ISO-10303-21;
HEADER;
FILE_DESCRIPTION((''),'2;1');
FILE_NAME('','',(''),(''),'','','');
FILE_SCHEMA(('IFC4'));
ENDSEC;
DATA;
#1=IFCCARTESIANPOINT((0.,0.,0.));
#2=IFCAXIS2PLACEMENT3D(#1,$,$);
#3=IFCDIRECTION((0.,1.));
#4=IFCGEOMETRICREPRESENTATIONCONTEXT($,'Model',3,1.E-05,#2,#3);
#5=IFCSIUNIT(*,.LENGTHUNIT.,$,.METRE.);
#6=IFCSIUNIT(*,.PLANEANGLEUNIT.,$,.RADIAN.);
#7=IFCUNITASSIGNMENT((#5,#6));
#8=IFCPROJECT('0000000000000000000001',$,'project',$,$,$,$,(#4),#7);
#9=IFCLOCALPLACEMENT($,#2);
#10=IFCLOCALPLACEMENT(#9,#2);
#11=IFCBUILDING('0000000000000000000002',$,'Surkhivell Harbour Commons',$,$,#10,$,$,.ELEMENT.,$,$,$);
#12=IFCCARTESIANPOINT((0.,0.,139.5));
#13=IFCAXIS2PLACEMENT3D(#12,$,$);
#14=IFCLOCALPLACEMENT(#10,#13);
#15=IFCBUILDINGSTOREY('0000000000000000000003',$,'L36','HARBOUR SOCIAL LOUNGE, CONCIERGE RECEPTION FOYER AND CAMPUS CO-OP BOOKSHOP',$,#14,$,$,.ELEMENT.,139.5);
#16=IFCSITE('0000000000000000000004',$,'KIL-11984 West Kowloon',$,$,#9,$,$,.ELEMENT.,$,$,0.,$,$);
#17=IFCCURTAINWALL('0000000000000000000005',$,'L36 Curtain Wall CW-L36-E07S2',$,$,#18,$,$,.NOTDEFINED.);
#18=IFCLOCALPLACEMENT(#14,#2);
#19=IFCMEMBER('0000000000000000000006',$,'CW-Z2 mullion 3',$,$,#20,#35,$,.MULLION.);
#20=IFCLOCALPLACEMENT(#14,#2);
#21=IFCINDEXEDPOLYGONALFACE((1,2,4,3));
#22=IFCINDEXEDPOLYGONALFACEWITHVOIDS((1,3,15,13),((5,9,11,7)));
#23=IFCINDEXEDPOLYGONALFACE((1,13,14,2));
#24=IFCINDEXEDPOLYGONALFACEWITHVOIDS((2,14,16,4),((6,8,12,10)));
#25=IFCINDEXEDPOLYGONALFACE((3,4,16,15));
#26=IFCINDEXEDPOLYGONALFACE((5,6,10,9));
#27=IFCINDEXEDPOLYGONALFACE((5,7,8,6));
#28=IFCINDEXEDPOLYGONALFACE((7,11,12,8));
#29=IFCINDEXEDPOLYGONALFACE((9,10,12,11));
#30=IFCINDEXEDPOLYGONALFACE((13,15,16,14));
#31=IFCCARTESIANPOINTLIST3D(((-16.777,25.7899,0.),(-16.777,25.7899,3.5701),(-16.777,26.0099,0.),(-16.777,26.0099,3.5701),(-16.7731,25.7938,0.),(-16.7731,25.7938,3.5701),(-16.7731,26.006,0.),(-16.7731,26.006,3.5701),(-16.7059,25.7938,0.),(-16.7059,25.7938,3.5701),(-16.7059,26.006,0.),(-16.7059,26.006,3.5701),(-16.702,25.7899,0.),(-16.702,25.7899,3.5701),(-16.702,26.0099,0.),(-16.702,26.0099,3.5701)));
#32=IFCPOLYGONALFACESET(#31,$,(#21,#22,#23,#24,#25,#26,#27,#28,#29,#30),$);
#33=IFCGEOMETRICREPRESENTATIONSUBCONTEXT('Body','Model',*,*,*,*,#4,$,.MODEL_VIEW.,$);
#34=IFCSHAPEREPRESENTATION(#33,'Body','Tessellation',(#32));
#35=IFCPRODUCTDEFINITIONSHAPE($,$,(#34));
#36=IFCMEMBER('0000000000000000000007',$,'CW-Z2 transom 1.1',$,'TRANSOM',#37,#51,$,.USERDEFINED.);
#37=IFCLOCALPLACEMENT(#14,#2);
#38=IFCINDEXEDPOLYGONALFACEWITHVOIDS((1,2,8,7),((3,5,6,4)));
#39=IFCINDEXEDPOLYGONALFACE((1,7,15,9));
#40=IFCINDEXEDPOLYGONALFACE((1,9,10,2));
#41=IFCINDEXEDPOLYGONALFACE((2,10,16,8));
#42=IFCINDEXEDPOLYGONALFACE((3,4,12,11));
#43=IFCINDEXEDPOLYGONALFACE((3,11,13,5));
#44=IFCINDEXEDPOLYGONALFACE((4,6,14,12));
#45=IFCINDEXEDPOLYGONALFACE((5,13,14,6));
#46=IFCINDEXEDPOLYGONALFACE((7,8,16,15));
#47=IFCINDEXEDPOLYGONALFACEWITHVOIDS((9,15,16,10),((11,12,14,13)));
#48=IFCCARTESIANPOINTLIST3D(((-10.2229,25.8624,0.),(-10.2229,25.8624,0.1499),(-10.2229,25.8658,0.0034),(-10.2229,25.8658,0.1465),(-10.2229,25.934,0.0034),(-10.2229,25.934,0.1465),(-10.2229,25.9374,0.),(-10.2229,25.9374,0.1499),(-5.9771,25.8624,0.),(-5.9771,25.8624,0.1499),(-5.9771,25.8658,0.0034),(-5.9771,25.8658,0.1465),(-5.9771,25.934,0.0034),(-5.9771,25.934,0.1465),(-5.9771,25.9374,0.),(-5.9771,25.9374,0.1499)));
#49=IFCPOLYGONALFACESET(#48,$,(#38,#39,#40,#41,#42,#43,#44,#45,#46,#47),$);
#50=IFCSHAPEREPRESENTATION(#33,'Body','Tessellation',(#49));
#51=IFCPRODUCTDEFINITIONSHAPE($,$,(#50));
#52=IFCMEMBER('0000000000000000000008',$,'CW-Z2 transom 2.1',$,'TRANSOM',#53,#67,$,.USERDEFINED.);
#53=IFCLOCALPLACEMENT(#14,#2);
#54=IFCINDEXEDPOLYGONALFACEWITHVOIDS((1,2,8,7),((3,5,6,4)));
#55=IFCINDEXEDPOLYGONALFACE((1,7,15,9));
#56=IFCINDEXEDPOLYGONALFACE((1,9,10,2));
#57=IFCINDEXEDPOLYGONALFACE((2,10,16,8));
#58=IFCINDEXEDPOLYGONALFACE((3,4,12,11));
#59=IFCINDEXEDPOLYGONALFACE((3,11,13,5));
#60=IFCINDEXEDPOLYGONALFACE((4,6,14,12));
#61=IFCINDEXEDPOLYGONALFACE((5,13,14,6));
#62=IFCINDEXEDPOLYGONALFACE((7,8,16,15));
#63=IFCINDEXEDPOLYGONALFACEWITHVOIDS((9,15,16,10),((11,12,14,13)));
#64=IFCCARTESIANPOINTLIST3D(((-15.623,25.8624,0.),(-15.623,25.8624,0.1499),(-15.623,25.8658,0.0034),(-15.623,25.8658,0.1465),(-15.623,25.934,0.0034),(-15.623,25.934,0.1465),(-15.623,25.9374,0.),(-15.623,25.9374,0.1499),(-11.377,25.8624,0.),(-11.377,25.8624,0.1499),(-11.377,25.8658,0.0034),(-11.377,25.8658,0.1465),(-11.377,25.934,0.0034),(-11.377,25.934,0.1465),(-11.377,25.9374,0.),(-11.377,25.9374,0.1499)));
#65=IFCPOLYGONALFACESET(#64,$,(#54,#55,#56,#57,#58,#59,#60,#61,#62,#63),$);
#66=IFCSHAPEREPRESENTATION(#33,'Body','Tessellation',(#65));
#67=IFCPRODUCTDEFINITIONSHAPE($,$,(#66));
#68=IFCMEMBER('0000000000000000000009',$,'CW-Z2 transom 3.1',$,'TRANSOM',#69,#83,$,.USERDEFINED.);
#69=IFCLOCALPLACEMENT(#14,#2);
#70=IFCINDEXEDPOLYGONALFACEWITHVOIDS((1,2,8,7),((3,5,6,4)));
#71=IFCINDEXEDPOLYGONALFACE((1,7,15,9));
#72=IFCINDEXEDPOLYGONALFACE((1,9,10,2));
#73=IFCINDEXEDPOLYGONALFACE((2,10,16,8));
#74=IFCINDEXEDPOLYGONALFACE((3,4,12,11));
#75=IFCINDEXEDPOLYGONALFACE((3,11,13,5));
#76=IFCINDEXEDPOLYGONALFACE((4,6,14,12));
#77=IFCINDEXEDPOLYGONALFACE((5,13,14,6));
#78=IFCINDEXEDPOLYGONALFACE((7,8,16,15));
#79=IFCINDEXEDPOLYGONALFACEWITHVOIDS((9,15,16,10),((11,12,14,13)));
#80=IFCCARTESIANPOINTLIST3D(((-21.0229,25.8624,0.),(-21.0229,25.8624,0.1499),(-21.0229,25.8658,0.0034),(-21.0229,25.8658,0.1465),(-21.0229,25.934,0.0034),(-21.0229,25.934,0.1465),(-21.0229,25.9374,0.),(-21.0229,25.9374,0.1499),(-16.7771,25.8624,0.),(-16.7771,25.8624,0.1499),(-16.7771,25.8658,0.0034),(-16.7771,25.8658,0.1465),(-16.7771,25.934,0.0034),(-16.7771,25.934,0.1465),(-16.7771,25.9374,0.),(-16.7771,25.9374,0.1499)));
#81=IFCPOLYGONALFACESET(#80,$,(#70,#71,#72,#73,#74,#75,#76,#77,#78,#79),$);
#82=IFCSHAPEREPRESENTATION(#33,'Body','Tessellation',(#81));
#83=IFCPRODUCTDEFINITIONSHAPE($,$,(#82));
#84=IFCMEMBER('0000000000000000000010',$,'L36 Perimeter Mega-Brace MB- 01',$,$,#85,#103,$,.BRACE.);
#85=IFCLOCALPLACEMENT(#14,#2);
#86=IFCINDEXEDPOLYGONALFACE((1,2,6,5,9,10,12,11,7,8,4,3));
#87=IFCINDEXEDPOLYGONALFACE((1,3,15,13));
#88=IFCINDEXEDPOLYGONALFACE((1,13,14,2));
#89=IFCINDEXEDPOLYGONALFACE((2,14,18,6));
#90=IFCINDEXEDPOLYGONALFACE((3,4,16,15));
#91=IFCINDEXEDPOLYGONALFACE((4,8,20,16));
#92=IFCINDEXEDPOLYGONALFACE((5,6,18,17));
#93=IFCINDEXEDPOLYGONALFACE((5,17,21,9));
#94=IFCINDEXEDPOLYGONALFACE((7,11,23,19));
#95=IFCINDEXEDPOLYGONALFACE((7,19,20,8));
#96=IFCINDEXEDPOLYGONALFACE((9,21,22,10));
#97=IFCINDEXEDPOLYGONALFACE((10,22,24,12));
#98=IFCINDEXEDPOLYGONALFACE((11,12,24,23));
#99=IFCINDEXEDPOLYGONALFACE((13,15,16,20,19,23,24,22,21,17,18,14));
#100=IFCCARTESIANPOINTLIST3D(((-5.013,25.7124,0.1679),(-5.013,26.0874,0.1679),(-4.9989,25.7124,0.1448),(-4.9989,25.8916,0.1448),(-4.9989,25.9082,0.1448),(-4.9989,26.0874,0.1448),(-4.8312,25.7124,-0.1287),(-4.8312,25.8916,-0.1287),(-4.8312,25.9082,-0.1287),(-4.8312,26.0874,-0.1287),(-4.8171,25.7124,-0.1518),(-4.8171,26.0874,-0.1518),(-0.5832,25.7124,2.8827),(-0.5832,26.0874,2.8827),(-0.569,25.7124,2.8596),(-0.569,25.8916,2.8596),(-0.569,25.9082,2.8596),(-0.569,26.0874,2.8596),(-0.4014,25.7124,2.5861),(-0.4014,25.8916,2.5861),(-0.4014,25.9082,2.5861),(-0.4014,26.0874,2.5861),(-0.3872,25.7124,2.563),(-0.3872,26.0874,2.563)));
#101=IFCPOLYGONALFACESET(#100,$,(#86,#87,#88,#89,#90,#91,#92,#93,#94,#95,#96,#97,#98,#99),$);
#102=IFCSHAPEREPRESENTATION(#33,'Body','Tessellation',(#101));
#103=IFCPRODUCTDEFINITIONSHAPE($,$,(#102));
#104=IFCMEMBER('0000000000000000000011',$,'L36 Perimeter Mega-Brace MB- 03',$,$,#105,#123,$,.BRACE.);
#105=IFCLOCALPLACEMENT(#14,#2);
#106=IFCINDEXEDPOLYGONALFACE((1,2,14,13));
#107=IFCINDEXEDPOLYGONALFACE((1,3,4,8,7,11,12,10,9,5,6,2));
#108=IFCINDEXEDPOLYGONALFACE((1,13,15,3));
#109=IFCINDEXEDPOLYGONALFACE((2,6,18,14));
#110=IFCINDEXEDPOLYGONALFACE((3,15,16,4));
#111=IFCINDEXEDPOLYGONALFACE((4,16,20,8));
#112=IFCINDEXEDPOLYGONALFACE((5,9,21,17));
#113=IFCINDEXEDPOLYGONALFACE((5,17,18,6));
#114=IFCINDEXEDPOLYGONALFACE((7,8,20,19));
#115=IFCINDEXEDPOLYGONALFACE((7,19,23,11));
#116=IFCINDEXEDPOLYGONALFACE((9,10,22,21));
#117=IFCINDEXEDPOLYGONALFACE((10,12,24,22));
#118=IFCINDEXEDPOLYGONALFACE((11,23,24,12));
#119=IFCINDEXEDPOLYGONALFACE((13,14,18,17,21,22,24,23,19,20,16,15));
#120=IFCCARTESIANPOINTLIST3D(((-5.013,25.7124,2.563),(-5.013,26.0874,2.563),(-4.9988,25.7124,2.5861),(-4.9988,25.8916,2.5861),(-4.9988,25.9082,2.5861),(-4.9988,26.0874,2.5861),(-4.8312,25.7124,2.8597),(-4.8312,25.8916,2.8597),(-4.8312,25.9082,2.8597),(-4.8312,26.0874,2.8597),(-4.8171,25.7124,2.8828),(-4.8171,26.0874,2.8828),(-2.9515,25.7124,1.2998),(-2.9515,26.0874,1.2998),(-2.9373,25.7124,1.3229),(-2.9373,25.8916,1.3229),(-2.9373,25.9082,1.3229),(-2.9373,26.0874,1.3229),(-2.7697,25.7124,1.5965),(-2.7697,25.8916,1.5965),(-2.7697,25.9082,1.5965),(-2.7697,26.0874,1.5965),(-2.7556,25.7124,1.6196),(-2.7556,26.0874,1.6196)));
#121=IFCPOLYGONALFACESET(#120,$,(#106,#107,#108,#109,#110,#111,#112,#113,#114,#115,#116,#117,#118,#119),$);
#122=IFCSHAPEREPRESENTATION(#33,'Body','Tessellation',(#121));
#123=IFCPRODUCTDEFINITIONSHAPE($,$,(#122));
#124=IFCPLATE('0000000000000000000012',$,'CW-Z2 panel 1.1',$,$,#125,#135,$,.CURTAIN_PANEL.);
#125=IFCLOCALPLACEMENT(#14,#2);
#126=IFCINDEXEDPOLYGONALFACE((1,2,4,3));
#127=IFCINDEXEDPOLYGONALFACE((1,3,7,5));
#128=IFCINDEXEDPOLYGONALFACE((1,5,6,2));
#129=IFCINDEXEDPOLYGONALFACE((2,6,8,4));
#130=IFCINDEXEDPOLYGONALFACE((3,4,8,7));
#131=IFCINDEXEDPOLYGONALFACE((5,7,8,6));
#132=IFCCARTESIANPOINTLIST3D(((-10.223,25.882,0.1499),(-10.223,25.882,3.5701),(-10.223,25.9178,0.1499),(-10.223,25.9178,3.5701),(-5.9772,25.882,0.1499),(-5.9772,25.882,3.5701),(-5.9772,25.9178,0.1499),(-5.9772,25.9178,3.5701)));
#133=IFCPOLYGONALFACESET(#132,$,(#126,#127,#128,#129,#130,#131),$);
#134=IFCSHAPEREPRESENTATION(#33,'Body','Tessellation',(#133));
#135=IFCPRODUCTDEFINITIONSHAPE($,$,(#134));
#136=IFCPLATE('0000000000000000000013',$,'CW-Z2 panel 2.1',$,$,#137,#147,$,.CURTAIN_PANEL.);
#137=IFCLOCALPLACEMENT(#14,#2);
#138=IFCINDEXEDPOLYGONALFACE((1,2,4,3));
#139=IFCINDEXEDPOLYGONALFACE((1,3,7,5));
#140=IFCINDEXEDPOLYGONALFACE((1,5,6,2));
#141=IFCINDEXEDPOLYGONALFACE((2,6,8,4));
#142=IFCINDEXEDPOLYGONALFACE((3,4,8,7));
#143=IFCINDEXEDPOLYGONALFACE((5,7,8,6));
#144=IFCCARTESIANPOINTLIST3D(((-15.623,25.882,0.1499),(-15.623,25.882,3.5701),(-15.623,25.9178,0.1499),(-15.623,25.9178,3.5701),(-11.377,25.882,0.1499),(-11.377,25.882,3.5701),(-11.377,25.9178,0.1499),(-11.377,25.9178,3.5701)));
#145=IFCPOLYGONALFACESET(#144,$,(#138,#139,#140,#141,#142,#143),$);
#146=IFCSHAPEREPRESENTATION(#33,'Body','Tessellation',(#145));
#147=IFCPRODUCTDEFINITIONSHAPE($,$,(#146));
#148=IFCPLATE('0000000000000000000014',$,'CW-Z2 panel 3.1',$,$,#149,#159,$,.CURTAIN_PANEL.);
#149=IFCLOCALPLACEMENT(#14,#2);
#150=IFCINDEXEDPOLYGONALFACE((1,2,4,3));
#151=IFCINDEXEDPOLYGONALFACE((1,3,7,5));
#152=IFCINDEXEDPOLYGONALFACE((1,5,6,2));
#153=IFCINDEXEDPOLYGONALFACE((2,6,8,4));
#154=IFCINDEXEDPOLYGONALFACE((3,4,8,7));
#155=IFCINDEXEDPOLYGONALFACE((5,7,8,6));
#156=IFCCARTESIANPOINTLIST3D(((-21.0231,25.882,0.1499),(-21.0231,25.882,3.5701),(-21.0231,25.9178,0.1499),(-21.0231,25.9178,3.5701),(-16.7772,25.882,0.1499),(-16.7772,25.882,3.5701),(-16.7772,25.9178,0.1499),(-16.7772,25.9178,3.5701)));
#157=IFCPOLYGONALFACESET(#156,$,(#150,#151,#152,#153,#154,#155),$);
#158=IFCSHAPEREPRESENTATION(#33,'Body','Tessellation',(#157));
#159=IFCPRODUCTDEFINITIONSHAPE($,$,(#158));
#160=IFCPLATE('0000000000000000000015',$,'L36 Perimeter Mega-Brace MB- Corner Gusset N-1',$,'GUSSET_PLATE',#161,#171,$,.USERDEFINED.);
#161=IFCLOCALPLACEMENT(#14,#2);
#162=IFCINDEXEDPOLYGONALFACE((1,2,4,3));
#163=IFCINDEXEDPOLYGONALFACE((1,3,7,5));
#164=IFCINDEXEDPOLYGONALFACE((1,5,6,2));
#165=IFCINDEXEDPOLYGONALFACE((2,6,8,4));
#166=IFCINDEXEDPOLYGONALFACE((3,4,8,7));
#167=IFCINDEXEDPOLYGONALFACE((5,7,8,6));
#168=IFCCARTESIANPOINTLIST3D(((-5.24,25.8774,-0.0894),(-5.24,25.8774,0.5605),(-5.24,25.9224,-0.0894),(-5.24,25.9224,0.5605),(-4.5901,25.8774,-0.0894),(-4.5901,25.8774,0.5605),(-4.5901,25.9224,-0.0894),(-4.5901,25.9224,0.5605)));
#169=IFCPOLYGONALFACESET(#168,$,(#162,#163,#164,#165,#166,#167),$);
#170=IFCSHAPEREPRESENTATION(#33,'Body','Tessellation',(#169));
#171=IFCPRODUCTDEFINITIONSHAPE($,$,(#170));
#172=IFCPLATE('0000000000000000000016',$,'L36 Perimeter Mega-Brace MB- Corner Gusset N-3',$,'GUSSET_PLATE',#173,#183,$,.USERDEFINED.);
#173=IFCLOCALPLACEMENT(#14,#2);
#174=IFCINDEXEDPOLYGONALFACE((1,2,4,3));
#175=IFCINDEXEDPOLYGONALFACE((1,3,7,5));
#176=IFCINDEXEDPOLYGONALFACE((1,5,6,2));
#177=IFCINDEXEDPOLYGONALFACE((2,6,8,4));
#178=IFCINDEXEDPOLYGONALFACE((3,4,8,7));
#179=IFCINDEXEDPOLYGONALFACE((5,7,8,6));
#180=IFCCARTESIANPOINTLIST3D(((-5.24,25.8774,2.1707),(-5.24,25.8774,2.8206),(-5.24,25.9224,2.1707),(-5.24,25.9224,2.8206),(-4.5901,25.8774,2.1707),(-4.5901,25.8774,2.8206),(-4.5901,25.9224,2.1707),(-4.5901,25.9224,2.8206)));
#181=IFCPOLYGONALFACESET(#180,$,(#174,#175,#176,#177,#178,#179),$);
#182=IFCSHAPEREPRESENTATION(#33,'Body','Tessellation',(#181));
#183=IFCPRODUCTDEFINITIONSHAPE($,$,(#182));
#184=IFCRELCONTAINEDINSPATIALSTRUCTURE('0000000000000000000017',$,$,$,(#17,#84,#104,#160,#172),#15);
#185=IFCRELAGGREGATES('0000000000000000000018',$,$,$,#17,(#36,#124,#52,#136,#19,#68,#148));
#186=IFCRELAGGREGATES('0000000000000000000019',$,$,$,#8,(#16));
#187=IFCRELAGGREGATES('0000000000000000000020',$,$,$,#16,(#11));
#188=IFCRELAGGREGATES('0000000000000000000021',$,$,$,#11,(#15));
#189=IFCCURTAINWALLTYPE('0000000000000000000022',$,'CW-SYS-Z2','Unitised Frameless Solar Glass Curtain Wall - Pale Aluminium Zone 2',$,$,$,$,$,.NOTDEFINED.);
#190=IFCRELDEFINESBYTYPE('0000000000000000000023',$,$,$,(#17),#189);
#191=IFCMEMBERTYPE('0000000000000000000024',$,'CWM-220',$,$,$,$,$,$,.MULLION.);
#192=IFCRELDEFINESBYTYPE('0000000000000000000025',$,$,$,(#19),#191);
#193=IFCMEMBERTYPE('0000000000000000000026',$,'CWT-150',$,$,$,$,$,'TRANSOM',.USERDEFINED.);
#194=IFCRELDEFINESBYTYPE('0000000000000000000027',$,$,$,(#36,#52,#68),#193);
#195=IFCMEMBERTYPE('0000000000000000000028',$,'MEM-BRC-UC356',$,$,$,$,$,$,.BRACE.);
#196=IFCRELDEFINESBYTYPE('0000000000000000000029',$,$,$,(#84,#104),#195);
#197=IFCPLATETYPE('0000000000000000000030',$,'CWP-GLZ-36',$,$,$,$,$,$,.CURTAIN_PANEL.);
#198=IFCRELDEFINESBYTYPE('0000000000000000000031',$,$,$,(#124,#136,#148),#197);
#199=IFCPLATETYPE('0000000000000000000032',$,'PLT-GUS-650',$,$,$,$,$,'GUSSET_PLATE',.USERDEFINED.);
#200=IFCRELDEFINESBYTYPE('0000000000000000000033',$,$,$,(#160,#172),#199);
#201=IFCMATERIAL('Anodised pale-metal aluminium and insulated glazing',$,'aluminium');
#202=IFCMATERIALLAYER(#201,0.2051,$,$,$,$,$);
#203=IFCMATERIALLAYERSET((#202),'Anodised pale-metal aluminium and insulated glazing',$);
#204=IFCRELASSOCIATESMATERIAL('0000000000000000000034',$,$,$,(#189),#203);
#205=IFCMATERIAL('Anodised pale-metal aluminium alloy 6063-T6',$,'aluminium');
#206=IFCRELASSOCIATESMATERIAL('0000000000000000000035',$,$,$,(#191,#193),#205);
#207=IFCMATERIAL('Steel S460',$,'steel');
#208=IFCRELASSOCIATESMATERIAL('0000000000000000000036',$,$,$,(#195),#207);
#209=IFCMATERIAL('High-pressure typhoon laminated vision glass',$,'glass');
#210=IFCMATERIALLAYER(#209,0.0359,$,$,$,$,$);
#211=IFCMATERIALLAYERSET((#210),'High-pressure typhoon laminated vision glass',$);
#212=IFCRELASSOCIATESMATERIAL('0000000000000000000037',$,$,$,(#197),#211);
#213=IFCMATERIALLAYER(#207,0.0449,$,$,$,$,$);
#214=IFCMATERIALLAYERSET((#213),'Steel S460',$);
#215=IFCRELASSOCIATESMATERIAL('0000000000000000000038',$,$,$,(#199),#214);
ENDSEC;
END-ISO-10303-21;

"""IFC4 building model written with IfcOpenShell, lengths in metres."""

from ifc_helpers import new_model, si_unit, direction, frame, frame_2d, origin, origin_2d, place, context, subcontext, project, spatial, rectangle, hollow_rectangle, i_section, extrude, material, layer, layer_set, material_profile, profile_set, type_object, element, aggregate, save


model = new_model("IFC4")

# Units and contexts
model_context = context("Model", 3, precision=1e-05, world=origin(), true_north=direction((0.0, 1.0)))
body_context = subcontext(model_context, "Body", "Model", "MODEL_VIEW")
ifc_project = project(units=[si_unit("LENGTHUNIT", "METRE"), si_unit("PLANEANGLEUNIT", "RADIAN")], contexts=[model_context])

# Site, building, storey
site_placement = place(None, origin())
site = spatial("IfcSite", under=ifc_project, at=site_placement, Name="KIL-11984 West Kowloon", CompositionType="ELEMENT", RefElevation=0.0)
building_placement = place(site_placement, origin())
building = spatial("IfcBuilding", under=site, at=building_placement, Name="Surkhivell Harbour Commons", CompositionType="ELEMENT")
storey_placement = place(building_placement, frame((0.0, 0.0, 139.5)))
storey = spatial("IfcBuildingStorey", under=building, at=storey_placement, Name="L36", Description="HARBOUR SOCIAL LOUNGE, CONCIERGE RECEPTION FOYER AND CAMPUS CO-OP BOOKSHOP", CompositionType="ELEMENT", Elevation=139.5)

# Shared definitions
ifc_material_1 = material(Name="Steel S460", Category="steel")

# Curtain wall, members
ifc_material_2 = material(Name="Anodised pale-metal aluminium and insulated glazing", Category="aluminium")
ifc_layer_1 = layer(ifc_material_2, 0.2051)
ifc_layer_set_1 = layer_set([ifc_layer_1], Name="Anodised pale-metal aluminium and insulated glazing")
curtain_wall_type = type_object("IfcCurtainWallType", Name="CW-SYS-Z2", Description="Unitised Frameless Solar Glass Curtain Wall - Pale Aluminium Zone 2", PredefinedType="NOTDEFINED", material=ifc_layer_set_1)
curtain_wall_placement = place(storey_placement, origin())
curtain_wall = element("IfcCurtainWall", 1, at=curtain_wall_placement, inside=storey, type_object=curtain_wall_type, Name="L36 Curtain Wall CW-L36-E07S2", PredefinedType="NOTDEFINED")
ifc_material_3 = material(Name="Anodised pale-metal aluminium alloy 6063-T6", Category="aluminium")
ifc_material_profile_1 = material_profile(ifc_material_3, hollow_rectangle(XDim=0.075, YDim=0.22, WallThickness=0.0039, at=origin_2d()), Name="ALU-MULL-75x220")
ifc_profile_set_1 = profile_set([ifc_material_profile_1], Name="Anodised pale-metal aluminium alloy 6063-T6")
member_type_1 = type_object("IfcMemberType", Name="CWM-220", PredefinedType="MULLION", material=ifc_profile_set_1)
member_1_placement = place(storey_placement, frame((-16.7395, 25.8999, 0.0), z_axis=(0.0, 0.0, 1.0), x_axis=(-1.0, 0.0, 0.0)))
member_1 = element("IfcMember", 2, at=member_1_placement, type_object=member_type_1, Name="CW-Z2 mullion 3", PredefinedType="MULLION", context=body_context, shape_type="SweptSolid", body=[
    extrude(hollow_rectangle(XDim=0.075, YDim=0.22, WallThickness=0.0039, at=origin_2d()), origin(), (0.0, 0.0, 1.0), 3.5701),
])
ifc_material_profile_2 = material_profile(ifc_material_3, hollow_rectangle(XDim=0.075, YDim=0.1499, WallThickness=0.0034, at=origin_2d()), Name="ALU-TRAN-75x150")
ifc_profile_set_2 = profile_set([ifc_material_profile_2], Name="Anodised pale-metal aluminium alloy 6063-T6")
member_type_2 = type_object("IfcMemberType", Name="CWT-150", ElementType="TRANSOM", PredefinedType="USERDEFINED", material=ifc_profile_set_2)
member_2_placement = place(storey_placement, frame((-5.9771, 25.8999, 0.075), z_axis=(-1.0, 0.0, 0.0), x_axis=(0.0, -1.0, 0.0)))
member_2 = element("IfcMember", 3, at=member_2_placement, type_object=member_type_2, Name="CW-Z2 transom 1.1", ObjectType="TRANSOM", PredefinedType="USERDEFINED", context=body_context, shape_type="SweptSolid", body=[
    extrude(hollow_rectangle(XDim=0.075, YDim=0.1499, WallThickness=0.0034, at=origin_2d()), origin(), (0.0, 0.0, 1.0), 4.2458),
])
member_3_placement = place(storey_placement, frame((-11.377, 25.8999, 0.075), z_axis=(-1.0, 0.0, 0.0), x_axis=(0.0, -1.0, 0.0)))
member_3 = element("IfcMember", 4, at=member_3_placement, type_object=member_type_2, Name="CW-Z2 transom 2.1", ObjectType="TRANSOM", PredefinedType="USERDEFINED", context=body_context, shape_type="SweptSolid", body=[
    extrude(hollow_rectangle(XDim=0.075, YDim=0.1499, WallThickness=0.0034, at=origin_2d()), origin(), (0.0, 0.0, 1.0), 4.2461),
])
member_4_placement = place(storey_placement, frame((-16.7771, 25.8999, 0.075), z_axis=(-1.0, 0.0, 0.0), x_axis=(0.0, -1.0, 0.0)))
member_4 = element("IfcMember", 5, at=member_4_placement, type_object=member_type_2, Name="CW-Z2 transom 3.1", ObjectType="TRANSOM", PredefinedType="USERDEFINED", context=body_context, shape_type="SweptSolid", body=[
    extrude(hollow_rectangle(XDim=0.075, YDim=0.1499, WallThickness=0.0034, at=origin_2d()), origin(), (0.0, 0.0, 1.0), 4.2458),
])

# Members
ifc_material_profile_3 = material_profile(ifc_material_1, i_section(OverallWidth=0.375, OverallDepth=0.375, WebThickness=0.0166, FlangeThickness=0.0271, at=origin_2d()), Name="UC356x368x202")
ifc_profile_set_3 = profile_set([ifc_material_profile_3], Name="Steel S460")
member_type_3 = type_object("IfcMemberType", Name="MEM-BRC-UC356", PredefinedType="BRACE", material=ifc_profile_set_3)
member_5_placement = place(storey_placement, frame((-4.915, 25.8999, 0.0081), z_axis=(0.852625, 0.0, 0.522523), x_axis=(0.0, 1.0, 0.0)))
element("IfcMember", 6, at=member_5_placement, inside=storey, type_object=member_type_3, Name="L36 Perimeter Mega-Brace MB- 01", PredefinedType="BRACE", context=body_context, shape_type="SweptSolid", body=[
    extrude(i_section(OverallWidth=0.375, OverallDepth=0.375, WebThickness=0.0166, FlangeThickness=0.0271, at=origin_2d()), origin(), (0.0, 0.0, 1.0), 5.1956),
])
member_6_placement = place(storey_placement, frame((-2.8535, 25.8999, 1.4597), z_axis=(-0.852662, 0.0, 0.522463), x_axis=(0.0, -1.0, 0.0)))
element("IfcMember", 7, at=member_6_placement, inside=storey, type_object=member_type_3, Name="L36 Perimeter Mega-Brace MB- 03", PredefinedType="BRACE", context=body_context, shape_type="SweptSolid", body=[
    extrude(i_section(OverallWidth=0.375, OverallDepth=0.375, WebThickness=0.0166, FlangeThickness=0.0271, at=origin_2d()), origin(), (0.0, 0.0, 1.0), 2.4177),
])

# Plates
ifc_material_4 = material(Name="High-pressure typhoon laminated vision glass", Category="glass")
ifc_layer_2 = layer(ifc_material_4, 0.0359)
ifc_layer_set_2 = layer_set([ifc_layer_2], Name="High-pressure typhoon laminated vision glass")
plate_type_1 = type_object("IfcPlateType", Name="CWP-GLZ-36", PredefinedType="CURTAIN_PANEL", material=ifc_layer_set_2)
plate_1_placement = place(storey_placement, frame((-5.9771, 25.8999, 0.1499), z_axis=(0.0, 0.0, 1.0), x_axis=(-1.0, 0.0, 0.0)))
plate_1 = element("IfcPlate", 8, at=plate_1_placement, type_object=plate_type_1, Name="CW-Z2 panel 1.1", PredefinedType="CURTAIN_PANEL", context=body_context, shape_type="SweptSolid", body=[
    extrude(rectangle(XDim=4.2458, YDim=0.0359, at=frame_2d((2.123, 0.0))), origin(), (0.0, 0.0, 1.0), 3.4202),
])
plate_2_placement = place(storey_placement, frame((-11.377, 25.8999, 0.1499), z_axis=(0.0, 0.0, 1.0), x_axis=(-1.0, 0.0, 0.0)))
plate_2 = element("IfcPlate", 9, at=plate_2_placement, type_object=plate_type_1, Name="CW-Z2 panel 2.1", PredefinedType="CURTAIN_PANEL", context=body_context, shape_type="SweptSolid", body=[
    extrude(rectangle(XDim=4.2461, YDim=0.0359, at=frame_2d((2.123, 0.0))), origin(), (0.0, 0.0, 1.0), 3.4202),
])
plate_3_placement = place(storey_placement, frame((-16.7771, 25.8999, 0.1499), z_axis=(0.0, 0.0, 1.0), x_axis=(-1.0, 0.0, 0.0)))
plate_3 = element("IfcPlate", 10, at=plate_3_placement, type_object=plate_type_1, Name="CW-Z2 panel 3.1", PredefinedType="CURTAIN_PANEL", context=body_context, shape_type="SweptSolid", body=[
    extrude(rectangle(XDim=4.2458, YDim=0.0359, at=frame_2d((2.123, 0.0))), origin(), (0.0, 0.0, 1.0), 3.4202),
])
aggregate(curtain_wall, [member_2, plate_1, member_3, plate_2, member_1, member_4, plate_3])

# Plates
ifc_layer_3 = layer(ifc_material_1, 0.0449)
ifc_layer_set_3 = layer_set([ifc_layer_3], Name="Steel S460")
plate_type_2 = type_object("IfcPlateType", Name="PLT-GUS-650", ElementType="GUSSET_PLATE", PredefinedType="USERDEFINED", material=ifc_layer_set_3)
for number, where, z_axis, x_axis, name in (
    (11, (-4.915, 25.8999, -0.0894), (0.0, 0.0, 1.0), (1.0, 0.0, 0.0), "L36 Perimeter Mega-Brace MB- Corner Gusset N-1"),
    (12, (-4.915, 25.8999, 2.1707), (0.0, 0.0, 1.0), (1.0, 0.0, 0.0), "L36 Perimeter Mega-Brace MB- Corner Gusset N-3"),
):
    element("IfcPlate", number, at=place(storey_placement, frame(where, z_axis=z_axis, x_axis=x_axis)), inside=storey, type_object=plate_type_2, Name=name, ObjectType="GUSSET_PLATE", PredefinedType="USERDEFINED", context=body_context, shape_type="SweptSolid", body=[
        extrude(rectangle(XDim=0.6499, YDim=0.0449, at=origin_2d()), origin(), (0.0, 0.0, 1.0), 0.6499),
    ])

save(model, "model.ifc")
